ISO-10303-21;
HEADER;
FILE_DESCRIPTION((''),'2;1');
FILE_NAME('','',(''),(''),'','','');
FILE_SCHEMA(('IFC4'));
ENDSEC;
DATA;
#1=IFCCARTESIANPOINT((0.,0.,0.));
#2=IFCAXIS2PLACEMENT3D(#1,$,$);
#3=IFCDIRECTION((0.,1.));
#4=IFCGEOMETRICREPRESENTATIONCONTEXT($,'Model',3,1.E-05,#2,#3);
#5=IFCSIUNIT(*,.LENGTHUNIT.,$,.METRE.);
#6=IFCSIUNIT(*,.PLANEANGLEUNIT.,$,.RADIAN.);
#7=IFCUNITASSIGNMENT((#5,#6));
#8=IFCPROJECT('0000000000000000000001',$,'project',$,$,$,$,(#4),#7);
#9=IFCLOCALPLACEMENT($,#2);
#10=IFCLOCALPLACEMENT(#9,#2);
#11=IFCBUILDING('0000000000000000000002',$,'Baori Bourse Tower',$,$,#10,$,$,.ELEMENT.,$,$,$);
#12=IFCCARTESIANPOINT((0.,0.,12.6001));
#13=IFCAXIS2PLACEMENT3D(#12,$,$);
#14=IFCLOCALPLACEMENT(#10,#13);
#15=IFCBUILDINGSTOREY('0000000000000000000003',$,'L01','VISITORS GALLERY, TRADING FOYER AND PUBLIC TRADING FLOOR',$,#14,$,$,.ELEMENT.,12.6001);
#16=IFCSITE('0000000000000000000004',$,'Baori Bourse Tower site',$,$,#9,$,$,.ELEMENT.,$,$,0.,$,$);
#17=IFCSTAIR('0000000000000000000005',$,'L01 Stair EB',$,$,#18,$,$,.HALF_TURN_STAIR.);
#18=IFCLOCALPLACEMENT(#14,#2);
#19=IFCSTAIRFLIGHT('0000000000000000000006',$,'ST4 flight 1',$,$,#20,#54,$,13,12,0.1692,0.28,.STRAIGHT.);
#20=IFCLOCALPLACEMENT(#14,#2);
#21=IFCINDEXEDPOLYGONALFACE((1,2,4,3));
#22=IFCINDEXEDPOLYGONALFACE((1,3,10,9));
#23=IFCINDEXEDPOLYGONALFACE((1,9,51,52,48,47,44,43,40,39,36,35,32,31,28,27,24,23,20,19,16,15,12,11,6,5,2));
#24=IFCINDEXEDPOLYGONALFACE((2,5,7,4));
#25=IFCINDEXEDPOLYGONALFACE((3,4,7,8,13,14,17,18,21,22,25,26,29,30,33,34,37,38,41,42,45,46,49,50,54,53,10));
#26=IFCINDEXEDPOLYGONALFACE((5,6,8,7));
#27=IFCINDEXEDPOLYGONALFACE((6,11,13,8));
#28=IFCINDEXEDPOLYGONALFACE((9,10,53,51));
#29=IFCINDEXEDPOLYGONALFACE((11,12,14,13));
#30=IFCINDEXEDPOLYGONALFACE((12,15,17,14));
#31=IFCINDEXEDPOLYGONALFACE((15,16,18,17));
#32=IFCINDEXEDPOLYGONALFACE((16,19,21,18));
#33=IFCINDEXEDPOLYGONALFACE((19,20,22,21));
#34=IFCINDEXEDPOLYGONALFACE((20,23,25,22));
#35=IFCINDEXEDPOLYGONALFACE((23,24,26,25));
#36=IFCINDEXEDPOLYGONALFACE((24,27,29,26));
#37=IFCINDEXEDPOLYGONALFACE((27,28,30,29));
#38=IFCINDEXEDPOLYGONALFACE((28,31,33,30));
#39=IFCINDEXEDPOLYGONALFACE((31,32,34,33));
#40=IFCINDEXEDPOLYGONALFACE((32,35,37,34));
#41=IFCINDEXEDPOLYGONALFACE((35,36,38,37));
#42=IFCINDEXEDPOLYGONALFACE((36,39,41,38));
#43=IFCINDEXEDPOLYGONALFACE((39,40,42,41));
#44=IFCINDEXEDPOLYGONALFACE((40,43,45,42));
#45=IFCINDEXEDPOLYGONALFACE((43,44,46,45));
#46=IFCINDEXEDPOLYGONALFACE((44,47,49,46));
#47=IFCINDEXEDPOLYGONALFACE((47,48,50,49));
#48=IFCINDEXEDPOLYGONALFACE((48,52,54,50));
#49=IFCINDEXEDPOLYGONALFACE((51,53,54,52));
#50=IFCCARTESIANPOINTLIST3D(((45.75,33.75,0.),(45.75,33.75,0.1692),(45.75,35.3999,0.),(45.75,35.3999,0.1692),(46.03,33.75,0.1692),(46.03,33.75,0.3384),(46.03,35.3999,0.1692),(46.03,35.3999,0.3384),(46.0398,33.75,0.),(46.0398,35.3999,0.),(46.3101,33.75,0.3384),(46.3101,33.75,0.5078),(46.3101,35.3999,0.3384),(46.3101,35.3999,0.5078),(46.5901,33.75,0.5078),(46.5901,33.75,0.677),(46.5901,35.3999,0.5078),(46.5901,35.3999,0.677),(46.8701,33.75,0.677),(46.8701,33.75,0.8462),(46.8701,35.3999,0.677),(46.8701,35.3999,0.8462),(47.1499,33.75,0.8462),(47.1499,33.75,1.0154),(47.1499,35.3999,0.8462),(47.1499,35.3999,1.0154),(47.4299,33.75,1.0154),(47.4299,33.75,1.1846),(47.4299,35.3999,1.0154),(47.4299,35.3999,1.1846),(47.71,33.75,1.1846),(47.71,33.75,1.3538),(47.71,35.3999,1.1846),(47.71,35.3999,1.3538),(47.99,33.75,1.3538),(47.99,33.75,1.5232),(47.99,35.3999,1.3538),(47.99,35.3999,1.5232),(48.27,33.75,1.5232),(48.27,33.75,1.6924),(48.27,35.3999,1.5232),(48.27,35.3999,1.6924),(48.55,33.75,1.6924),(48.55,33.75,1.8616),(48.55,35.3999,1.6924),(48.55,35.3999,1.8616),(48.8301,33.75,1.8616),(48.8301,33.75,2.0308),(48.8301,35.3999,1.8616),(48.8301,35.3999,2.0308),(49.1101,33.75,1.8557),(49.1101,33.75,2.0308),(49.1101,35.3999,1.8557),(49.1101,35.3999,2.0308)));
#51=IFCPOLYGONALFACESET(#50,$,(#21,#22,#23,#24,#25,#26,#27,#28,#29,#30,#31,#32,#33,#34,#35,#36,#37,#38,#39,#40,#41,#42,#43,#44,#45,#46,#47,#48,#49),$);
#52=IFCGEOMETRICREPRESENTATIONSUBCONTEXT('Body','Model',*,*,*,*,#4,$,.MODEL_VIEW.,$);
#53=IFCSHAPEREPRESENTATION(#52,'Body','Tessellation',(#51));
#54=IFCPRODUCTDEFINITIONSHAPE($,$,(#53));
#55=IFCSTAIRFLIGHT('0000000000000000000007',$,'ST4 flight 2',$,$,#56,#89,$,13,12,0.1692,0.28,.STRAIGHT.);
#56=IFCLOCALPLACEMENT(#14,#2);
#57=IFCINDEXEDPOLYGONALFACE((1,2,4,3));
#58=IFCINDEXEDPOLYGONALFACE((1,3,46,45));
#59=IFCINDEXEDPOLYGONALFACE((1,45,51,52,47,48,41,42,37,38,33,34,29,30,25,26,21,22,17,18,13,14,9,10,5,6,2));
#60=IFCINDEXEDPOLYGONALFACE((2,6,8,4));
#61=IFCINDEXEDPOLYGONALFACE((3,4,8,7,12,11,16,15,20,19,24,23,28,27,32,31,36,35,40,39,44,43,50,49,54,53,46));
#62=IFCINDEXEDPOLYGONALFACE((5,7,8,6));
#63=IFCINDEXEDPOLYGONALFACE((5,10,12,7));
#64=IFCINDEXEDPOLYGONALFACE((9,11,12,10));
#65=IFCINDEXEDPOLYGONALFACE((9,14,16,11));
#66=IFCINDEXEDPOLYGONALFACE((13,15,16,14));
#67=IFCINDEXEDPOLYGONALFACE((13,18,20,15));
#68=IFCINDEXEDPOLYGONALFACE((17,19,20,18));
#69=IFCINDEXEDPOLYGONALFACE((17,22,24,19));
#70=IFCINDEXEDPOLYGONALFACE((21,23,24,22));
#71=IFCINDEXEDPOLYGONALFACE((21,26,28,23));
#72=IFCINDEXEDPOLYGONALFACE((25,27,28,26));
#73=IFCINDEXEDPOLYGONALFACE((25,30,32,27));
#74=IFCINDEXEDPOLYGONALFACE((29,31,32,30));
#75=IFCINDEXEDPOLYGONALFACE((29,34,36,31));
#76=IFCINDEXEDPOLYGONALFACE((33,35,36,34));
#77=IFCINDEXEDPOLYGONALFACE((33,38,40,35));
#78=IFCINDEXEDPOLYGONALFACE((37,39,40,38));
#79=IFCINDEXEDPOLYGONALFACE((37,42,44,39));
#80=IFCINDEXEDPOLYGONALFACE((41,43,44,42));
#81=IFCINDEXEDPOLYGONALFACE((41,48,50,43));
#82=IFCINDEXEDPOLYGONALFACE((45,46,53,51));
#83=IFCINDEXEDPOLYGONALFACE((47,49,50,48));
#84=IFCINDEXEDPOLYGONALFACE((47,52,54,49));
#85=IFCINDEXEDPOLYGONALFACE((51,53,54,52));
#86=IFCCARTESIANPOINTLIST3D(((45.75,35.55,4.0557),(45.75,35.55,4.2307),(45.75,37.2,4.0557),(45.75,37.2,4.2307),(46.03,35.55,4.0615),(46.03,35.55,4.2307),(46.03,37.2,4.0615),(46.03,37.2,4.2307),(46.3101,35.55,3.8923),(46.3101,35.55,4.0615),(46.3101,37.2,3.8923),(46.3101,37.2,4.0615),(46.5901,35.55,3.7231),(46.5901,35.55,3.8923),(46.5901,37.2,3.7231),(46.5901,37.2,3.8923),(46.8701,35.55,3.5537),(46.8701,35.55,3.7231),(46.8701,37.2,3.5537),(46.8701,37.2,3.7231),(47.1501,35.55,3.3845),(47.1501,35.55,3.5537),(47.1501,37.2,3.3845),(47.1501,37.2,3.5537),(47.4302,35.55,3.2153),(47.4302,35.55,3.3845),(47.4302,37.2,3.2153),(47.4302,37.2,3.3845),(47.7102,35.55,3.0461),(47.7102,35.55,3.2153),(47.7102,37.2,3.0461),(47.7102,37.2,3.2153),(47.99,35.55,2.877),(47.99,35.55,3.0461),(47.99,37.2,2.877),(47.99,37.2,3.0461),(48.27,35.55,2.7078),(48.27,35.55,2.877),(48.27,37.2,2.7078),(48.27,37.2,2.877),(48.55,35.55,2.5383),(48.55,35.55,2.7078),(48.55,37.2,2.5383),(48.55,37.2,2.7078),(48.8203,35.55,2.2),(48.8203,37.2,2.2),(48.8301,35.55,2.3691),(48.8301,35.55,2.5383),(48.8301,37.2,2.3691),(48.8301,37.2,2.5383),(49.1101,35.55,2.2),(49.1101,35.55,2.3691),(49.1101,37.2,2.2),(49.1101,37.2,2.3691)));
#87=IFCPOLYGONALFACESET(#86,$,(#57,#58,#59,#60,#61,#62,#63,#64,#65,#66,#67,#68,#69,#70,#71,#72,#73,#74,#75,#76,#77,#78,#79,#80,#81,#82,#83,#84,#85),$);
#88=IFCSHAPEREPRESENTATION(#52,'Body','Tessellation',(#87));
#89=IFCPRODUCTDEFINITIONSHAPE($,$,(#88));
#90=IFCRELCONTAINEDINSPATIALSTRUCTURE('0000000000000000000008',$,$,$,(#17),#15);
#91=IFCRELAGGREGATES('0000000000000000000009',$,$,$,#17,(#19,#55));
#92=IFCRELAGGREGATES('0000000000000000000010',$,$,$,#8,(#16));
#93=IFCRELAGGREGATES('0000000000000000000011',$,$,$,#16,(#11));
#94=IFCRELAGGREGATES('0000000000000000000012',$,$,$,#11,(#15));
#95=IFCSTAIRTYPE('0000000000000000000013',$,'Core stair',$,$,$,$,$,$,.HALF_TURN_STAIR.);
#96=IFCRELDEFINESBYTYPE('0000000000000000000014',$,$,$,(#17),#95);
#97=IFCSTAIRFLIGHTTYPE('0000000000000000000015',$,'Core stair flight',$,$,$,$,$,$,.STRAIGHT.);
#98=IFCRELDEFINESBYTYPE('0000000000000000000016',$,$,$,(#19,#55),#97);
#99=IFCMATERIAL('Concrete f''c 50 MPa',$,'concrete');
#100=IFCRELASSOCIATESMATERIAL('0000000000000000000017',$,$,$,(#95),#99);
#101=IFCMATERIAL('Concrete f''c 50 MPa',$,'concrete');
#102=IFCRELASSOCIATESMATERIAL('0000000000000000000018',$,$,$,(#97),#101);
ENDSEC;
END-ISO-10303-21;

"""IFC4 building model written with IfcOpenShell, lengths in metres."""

from ifc_helpers import new_model, si_unit, direction, frame, origin, place, context, subcontext, project, spatial, polyline, outline, extrude, material, type_object, element, aggregate, save


model = new_model("IFC4")

# Units and contexts
model_context = context("Model", 3, precision=1e-05, world=origin(), true_north=direction((0.0, 1.0)))
body_context = subcontext(model_context, "Body", "Model", "MODEL_VIEW")
ifc_project = project(units=[si_unit("LENGTHUNIT", "METRE"), si_unit("PLANEANGLEUNIT", "RADIAN")], contexts=[model_context])

# Site, building, storey
site_placement = place(None, origin())
site = spatial("IfcSite", under=ifc_project, at=site_placement, Name="Baori Bourse Tower site", CompositionType="ELEMENT", RefElevation=0.0)
building_placement = place(site_placement, origin())
building = spatial("IfcBuilding", under=site, at=building_placement, Name="Baori Bourse Tower", CompositionType="ELEMENT")
storey_placement = place(building_placement, frame((0.0, 0.0, 12.6001)))
storey = spatial("IfcBuildingStorey", under=building, at=storey_placement, Name="L01", Description="VISITORS GALLERY, TRADING FOYER AND PUBLIC TRADING FLOOR", CompositionType="ELEMENT", Elevation=12.6001)

# Stair, stair flights
ifc_material_1 = material(Name="Concrete f'c 50 MPa", Category="concrete")
stair_type = type_object("IfcStairType", Name="Core stair", PredefinedType="HALF_TURN_STAIR", material=ifc_material_1)
stair_placement = place(storey_placement, origin())
stair = element("IfcStair", 1, at=stair_placement, inside=storey, type_object=stair_type, Name="L01 Stair EB", PredefinedType="HALF_TURN_STAIR")
ifc_material_2 = material(Name="Concrete f'c 50 MPa", Category="concrete")
stair_flight_type = type_object("IfcStairFlightType", Name="Core stair flight", PredefinedType="STRAIGHT", material=ifc_material_2)
stair_flight_1_placement = place(storey_placement, frame((45.75, 34.575, 0.0), z_axis=(0.0, 0.0, 1.0), x_axis=(1.0, 0.0, 0.0)))
stair_flight_1 = element("IfcStairFlight", 2, at=stair_flight_1_placement, type_object=stair_flight_type, Name="ST4 flight 1", NumberOfRisers=13, NumberOfTreads=12, PredefinedType="STRAIGHT", RiserHeight=0.1692, TreadLength=0.28, context=body_context, shape_type="SweptSolid", body=[
    extrude(outline(polyline([(0.0, 0.0), (0.0, 0.1692), (0.28, 0.1692), (0.28, 0.3384), (0.5601, 0.3384), (0.5601, 0.5078), (0.8401, 0.5078), (0.8401, 0.677), (1.1201, 0.677), (1.1201, 0.8462), (1.3999, 0.8462), (1.3999, 1.0154), (1.6799, 1.0154), (1.6799, 1.1846), (1.96, 1.1846), (1.96, 1.3538), (2.24, 1.3538), (2.24, 1.5232), (2.52, 1.5232), (2.52, 1.6924), (2.8, 1.6924), (2.8, 1.8616), (3.0801, 1.8616), (3.0801, 2.0308), (3.3601, 2.0308), (3.3601, 2.2), (3.3601, 1.8557), (0.2898, 0.0), (0.0, 0.0)])), frame((0.0, 0.825, 0.0), z_axis=(0.0, -1.0, 0.0), x_axis=(1.0, 0.0, 0.0)), (0.0, 0.0, 1.0), 1.6499),
])
stair_flight_2_placement = place(storey_placement, frame((49.1101, 36.375, 2.2), z_axis=(0.0, 0.0, 1.0), x_axis=(-1.0, 0.0, 0.0)))
stair_flight_2 = element("IfcStairFlight", 3, at=stair_flight_2_placement, type_object=stair_flight_type, Name="ST4 flight 2", NumberOfRisers=13, NumberOfTreads=12, PredefinedType="STRAIGHT", RiserHeight=0.1692, TreadLength=0.28, context=body_context, shape_type="SweptSolid", body=[
    extrude(outline(polyline([(0.0, 0.0), (0.0, 0.1692), (0.28, 0.1692), (0.28, 0.3384), (0.5601, 0.3384), (0.5601, 0.5078), (0.8401, 0.5078), (0.8401, 0.677), (1.1201, 0.677), (1.1201, 0.8462), (1.3999, 0.8462), (1.3999, 1.0154), (1.6799, 1.0154), (1.6799, 1.1846), (1.96, 1.1846), (1.96, 1.3538), (2.24, 1.3538), (2.24, 1.5232), (2.52, 1.5232), (2.52, 1.6924), (2.8, 1.6924), (2.8, 1.8616), (3.0801, 1.8616), (3.0801, 2.0308), (3.3601, 2.0308), (3.3601, 2.2), (3.3601, 1.8557), (0.2898, 0.0), (0.0, 0.0)])), frame((0.0, 0.825, 0.0), z_axis=(0.0, -1.0, 0.0), x_axis=(1.0, 0.0, 0.0)), (0.0, 0.0, 1.0), 1.6499),
])
aggregate(stair, [stair_flight_1, stair_flight_2])

save(model, "model.ifc")
